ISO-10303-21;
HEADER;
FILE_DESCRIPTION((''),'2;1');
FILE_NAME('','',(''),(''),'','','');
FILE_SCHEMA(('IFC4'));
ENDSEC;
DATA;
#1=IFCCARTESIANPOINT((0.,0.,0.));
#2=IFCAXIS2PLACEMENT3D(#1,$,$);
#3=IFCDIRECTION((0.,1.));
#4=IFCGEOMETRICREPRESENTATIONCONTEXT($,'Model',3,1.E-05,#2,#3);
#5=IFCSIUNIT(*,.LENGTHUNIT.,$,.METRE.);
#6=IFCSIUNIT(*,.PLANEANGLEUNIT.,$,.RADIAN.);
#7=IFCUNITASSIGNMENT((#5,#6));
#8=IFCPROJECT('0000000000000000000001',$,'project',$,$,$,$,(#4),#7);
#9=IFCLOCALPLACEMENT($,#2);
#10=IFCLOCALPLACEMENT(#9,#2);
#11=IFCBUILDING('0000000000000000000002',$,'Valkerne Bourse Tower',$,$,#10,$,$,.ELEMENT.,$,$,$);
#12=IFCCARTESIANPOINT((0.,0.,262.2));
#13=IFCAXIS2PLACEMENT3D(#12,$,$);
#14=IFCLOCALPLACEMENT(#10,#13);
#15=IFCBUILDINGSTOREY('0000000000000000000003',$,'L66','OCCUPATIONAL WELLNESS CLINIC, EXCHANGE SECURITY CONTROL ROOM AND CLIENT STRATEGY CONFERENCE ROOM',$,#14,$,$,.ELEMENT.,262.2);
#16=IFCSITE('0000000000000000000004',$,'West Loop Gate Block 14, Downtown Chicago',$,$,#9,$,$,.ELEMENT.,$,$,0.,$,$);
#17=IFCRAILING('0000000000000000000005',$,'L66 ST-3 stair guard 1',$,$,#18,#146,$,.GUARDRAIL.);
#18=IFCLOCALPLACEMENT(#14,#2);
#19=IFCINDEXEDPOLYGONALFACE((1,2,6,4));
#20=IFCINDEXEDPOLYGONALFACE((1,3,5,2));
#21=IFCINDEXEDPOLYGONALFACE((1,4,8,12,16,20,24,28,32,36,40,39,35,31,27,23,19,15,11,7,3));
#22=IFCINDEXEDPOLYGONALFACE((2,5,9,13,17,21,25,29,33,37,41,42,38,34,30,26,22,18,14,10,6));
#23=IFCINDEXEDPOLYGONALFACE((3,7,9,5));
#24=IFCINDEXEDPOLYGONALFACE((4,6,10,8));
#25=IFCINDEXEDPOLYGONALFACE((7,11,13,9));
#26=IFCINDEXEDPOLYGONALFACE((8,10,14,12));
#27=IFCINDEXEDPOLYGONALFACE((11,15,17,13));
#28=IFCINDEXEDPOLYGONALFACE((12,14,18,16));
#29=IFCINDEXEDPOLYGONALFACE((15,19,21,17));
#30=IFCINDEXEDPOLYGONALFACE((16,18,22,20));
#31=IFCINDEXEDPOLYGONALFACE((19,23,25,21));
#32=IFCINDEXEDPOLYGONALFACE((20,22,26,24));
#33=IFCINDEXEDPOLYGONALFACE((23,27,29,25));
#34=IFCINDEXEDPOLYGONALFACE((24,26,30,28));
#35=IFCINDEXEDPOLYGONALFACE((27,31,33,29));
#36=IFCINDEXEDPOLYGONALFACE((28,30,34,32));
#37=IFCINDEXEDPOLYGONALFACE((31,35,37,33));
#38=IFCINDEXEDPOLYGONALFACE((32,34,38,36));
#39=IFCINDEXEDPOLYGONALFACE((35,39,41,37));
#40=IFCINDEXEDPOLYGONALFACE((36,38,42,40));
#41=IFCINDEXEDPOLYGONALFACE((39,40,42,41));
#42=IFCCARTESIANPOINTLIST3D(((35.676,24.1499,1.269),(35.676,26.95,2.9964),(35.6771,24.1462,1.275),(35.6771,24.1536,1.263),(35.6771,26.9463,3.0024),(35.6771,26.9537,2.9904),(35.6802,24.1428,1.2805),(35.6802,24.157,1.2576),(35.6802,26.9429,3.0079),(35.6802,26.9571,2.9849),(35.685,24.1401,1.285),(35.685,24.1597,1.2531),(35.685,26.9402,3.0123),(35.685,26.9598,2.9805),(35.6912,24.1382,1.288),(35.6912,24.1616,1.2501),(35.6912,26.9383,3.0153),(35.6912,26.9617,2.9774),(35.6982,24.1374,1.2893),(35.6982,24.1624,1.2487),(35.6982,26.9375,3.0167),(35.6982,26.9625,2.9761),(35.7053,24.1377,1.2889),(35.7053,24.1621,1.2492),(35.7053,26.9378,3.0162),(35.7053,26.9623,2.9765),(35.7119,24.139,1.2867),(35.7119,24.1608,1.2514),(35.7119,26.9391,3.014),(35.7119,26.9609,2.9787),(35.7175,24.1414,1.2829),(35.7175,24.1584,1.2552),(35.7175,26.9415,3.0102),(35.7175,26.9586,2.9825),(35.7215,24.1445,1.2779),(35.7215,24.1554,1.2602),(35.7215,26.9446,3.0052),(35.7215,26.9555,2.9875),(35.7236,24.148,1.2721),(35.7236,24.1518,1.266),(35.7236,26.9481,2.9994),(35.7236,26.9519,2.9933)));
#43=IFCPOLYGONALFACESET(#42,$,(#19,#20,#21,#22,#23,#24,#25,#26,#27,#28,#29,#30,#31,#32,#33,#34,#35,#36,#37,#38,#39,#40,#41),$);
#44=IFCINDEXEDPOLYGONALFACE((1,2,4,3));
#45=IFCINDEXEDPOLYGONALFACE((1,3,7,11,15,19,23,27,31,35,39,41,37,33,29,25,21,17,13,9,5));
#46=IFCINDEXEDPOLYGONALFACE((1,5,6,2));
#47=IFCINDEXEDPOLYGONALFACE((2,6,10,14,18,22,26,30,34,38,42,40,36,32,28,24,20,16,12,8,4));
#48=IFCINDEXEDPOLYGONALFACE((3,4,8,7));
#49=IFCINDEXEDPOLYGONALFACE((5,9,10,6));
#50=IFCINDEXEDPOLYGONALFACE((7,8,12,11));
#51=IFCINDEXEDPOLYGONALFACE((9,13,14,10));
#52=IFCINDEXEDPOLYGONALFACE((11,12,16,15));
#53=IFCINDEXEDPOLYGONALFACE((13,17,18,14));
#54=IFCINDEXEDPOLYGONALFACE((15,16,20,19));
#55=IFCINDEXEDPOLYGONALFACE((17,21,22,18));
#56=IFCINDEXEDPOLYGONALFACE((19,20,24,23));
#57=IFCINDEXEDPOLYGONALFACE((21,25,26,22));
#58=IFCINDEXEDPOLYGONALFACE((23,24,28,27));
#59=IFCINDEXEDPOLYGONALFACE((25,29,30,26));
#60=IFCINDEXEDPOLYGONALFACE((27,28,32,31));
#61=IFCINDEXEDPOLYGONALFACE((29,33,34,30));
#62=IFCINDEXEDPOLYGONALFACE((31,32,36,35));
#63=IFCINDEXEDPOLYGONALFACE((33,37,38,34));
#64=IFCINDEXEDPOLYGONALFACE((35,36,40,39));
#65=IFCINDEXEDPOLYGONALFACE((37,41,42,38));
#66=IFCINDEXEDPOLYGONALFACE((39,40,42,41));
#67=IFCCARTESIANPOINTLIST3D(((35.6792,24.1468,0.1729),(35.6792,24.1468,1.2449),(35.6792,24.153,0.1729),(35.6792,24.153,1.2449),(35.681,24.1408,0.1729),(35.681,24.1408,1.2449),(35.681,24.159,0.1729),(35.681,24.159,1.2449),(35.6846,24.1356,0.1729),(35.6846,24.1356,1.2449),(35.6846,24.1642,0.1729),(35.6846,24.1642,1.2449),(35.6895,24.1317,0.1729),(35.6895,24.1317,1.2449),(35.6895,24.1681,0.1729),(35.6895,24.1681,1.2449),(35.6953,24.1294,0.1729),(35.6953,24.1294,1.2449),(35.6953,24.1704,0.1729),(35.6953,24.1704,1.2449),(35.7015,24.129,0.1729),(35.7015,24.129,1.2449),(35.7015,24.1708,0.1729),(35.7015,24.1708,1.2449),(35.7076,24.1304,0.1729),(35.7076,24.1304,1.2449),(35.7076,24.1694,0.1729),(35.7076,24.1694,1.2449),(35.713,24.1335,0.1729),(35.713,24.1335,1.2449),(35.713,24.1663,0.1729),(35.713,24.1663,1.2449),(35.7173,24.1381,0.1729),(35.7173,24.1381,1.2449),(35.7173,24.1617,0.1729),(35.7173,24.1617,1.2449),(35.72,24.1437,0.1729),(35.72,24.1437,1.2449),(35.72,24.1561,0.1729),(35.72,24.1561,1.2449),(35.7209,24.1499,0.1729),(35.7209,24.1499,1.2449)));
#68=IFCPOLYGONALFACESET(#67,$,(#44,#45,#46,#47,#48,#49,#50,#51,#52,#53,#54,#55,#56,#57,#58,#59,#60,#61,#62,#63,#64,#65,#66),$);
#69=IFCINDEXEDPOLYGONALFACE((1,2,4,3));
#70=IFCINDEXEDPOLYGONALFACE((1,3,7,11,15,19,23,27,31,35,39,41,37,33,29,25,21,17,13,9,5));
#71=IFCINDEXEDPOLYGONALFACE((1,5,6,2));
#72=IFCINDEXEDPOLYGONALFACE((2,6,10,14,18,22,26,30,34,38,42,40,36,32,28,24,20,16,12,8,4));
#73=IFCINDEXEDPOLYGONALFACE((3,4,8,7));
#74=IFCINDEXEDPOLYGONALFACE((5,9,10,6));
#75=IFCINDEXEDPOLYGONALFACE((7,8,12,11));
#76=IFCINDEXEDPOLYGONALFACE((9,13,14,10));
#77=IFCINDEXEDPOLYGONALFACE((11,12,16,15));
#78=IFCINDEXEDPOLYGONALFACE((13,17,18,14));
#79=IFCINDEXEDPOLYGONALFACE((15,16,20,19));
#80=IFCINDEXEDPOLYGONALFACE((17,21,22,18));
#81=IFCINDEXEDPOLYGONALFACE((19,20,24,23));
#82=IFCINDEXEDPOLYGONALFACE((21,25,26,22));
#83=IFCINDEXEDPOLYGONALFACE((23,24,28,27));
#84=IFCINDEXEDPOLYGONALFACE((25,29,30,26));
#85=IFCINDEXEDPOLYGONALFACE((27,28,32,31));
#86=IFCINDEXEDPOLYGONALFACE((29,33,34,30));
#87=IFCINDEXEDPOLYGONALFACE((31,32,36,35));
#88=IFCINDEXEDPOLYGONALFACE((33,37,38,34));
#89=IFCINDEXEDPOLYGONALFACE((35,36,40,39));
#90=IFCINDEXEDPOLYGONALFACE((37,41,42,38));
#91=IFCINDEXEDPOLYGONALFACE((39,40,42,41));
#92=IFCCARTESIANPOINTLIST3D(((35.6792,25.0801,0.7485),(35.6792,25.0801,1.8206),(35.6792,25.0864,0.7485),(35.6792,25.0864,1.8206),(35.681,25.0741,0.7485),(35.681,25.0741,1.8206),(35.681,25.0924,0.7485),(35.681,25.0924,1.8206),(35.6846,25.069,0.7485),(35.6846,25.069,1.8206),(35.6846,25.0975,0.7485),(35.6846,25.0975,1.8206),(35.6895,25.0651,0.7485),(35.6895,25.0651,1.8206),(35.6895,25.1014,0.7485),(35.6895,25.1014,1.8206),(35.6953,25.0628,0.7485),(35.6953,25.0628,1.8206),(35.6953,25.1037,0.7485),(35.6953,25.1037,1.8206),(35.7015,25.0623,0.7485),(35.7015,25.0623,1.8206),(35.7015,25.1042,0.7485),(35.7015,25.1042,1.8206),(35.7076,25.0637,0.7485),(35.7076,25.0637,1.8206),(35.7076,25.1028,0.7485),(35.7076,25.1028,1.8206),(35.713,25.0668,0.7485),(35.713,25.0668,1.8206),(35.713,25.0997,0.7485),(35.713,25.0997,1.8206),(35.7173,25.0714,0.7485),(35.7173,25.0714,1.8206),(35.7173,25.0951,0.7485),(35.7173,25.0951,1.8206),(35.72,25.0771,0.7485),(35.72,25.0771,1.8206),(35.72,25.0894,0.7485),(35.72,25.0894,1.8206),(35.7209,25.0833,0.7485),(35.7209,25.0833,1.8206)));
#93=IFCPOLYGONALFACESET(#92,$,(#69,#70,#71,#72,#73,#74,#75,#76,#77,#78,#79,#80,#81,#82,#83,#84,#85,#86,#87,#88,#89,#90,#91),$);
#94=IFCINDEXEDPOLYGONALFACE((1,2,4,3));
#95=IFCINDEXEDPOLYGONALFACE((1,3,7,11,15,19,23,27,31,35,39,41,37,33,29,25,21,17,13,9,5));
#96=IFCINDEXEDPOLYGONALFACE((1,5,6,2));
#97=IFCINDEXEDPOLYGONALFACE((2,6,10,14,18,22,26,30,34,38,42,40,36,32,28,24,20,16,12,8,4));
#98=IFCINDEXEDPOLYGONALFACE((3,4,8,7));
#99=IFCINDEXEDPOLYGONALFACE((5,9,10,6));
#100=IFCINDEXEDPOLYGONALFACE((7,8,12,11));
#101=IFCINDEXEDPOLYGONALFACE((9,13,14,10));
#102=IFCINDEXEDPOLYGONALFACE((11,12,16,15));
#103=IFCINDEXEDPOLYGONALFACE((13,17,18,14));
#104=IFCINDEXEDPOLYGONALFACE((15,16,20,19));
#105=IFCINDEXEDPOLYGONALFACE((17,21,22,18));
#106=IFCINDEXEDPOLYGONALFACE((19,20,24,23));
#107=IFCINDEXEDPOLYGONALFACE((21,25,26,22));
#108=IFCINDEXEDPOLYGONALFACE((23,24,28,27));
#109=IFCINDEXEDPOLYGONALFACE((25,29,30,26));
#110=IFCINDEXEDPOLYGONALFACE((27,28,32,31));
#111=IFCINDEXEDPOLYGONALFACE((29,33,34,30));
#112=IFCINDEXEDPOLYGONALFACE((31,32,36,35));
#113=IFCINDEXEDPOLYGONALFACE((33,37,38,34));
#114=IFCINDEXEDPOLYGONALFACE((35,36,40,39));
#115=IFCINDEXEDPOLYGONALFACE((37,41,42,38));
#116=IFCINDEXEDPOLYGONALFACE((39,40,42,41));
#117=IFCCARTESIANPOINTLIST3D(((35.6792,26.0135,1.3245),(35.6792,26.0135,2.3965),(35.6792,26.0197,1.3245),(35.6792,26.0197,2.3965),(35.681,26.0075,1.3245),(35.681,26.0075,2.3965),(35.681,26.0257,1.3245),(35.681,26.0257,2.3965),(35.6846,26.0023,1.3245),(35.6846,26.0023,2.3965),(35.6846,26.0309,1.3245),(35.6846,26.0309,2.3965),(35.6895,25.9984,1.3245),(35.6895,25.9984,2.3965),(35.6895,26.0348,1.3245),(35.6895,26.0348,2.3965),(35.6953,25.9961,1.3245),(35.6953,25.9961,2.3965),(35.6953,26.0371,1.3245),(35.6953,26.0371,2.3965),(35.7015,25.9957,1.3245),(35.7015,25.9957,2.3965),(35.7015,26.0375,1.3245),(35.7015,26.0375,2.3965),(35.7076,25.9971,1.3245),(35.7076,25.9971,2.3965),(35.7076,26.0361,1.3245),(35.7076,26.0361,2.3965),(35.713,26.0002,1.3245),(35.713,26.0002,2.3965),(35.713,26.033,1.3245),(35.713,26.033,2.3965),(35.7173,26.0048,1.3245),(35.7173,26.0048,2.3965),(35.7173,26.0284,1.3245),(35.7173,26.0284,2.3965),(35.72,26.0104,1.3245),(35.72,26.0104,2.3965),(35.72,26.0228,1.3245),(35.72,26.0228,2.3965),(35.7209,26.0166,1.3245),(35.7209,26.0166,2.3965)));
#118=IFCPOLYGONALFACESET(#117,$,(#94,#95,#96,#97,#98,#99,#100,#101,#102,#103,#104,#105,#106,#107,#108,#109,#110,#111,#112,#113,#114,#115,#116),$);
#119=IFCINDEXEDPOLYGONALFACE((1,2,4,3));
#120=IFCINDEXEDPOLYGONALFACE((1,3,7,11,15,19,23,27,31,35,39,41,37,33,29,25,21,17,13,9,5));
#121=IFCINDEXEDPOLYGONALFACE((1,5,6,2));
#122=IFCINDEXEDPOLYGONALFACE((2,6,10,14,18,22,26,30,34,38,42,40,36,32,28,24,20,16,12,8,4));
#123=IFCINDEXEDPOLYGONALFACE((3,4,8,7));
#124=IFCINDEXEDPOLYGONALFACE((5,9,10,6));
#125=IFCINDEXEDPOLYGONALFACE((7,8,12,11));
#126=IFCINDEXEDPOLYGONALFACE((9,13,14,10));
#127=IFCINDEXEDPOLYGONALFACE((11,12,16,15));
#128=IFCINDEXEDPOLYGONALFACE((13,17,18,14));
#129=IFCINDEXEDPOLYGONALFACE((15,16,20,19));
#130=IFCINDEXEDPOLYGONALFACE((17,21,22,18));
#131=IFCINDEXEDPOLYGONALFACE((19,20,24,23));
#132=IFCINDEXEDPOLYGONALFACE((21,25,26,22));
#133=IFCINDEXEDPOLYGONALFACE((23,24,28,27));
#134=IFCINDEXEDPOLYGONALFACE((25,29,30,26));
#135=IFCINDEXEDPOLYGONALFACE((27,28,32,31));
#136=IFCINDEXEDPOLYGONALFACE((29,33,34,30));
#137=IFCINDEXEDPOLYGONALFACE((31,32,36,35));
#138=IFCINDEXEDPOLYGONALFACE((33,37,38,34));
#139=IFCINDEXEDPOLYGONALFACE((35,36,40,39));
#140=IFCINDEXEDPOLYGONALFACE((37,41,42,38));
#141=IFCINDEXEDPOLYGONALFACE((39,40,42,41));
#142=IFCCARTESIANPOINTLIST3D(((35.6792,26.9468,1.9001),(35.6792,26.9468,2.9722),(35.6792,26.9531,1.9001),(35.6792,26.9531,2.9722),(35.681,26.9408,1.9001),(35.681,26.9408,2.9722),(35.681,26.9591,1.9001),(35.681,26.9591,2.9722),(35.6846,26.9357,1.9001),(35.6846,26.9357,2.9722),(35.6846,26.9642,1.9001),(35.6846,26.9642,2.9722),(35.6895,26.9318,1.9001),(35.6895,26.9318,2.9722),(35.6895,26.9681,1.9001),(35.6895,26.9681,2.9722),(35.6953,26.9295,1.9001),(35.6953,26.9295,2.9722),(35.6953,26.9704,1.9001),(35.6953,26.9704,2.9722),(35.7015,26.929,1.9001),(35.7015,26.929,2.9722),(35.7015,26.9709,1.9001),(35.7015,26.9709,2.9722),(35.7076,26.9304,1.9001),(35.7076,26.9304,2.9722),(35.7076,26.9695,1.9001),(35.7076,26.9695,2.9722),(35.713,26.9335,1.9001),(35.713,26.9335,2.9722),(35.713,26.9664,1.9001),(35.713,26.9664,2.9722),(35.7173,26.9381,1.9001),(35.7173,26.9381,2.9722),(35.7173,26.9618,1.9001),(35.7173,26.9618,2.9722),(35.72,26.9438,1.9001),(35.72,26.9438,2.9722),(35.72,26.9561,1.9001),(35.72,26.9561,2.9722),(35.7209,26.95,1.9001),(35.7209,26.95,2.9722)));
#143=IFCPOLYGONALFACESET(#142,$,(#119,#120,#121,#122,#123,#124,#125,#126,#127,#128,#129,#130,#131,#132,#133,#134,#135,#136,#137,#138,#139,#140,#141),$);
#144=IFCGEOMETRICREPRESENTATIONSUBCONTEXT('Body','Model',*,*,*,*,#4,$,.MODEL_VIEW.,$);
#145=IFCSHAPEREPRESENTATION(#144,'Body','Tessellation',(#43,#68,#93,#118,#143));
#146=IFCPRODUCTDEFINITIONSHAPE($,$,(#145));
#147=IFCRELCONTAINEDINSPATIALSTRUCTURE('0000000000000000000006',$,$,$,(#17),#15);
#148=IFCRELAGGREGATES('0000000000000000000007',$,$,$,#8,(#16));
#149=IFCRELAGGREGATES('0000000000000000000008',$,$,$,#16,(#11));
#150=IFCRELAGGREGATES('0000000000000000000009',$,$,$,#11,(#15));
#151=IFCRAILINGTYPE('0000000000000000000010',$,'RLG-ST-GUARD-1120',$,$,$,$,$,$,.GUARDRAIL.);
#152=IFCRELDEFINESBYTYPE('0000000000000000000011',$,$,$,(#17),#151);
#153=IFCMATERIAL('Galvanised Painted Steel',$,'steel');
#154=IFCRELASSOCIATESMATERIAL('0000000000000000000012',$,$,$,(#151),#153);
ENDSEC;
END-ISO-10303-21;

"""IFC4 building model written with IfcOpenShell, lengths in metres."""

from ifc_helpers import new_model, si_unit, direction, frame, origin, origin_2d, place, context, subcontext, project, spatial, circle, extrude, material, type_object, element, save


model = new_model("IFC4")

# Units and contexts
model_context = context("Model", 3, precision=1e-05, world=origin(), true_north=direction((0.0, 1.0)))
body_context = subcontext(model_context, "Body", "Model", "MODEL_VIEW")
ifc_project = project(units=[si_unit("LENGTHUNIT", "METRE"), si_unit("PLANEANGLEUNIT", "RADIAN")], contexts=[model_context])

# Site, building, storey
site_placement = place(None, origin())
site = spatial("IfcSite", under=ifc_project, at=site_placement, Name="West Loop Gate Block 14, Downtown Chicago", CompositionType="ELEMENT", RefElevation=0.0)
building_placement = place(site_placement, origin())
building = spatial("IfcBuilding", under=site, at=building_placement, Name="Valkerne Bourse Tower", CompositionType="ELEMENT")
storey_placement = place(building_placement, frame((0.0, 0.0, 262.2)))
storey = spatial("IfcBuildingStorey", under=building, at=storey_placement, Name="L66", Description="OCCUPATIONAL WELLNESS CLINIC, EXCHANGE SECURITY CONTROL ROOM AND CLIENT STRATEGY CONFERENCE ROOM", CompositionType="ELEMENT", Elevation=262.2)

# Railing
ifc_material_1 = material(Name="Galvanised Painted Steel", Category="steel")
railing_type_1 = type_object("IfcRailingType", Name="RLG-ST-GUARD-1120", PredefinedType="GUARDRAIL", material=ifc_material_1)
railing_1_placement = place(storey_placement, frame((35.7, 24.1499, 0.1729)))
element("IfcRailing", 1, at=railing_1_placement, inside=storey, type_object=railing_type_1, Name="L66 ST-3 stair guard 1", PredefinedType="GUARDRAIL", context=body_context, shape_type="SweptSolid", body=[
    extrude(circle(Radius=0.0239, at=origin_2d()), frame((0.0, 0.0, 1.0962), z_axis=(0.0, 0.85109, 0.52502), x_axis=(-1.0, 0.0, 0.0)), (0.0, 0.0, 1.0), 3.29),
    extrude(circle(Radius=0.021, at=origin_2d()), origin(), (0.0, 0.0, 1.0), 1.072),
    extrude(circle(Radius=0.021, at=origin_2d()), frame((0.0, 0.9333, 0.5757)), (0.0, 0.0, 1.0), 1.072),
    extrude(circle(Radius=0.021, at=origin_2d()), frame((0.0, 1.8667, 1.1516)), (0.0, 0.0, 1.0), 1.072),
    extrude(circle(Radius=0.021, at=origin_2d()), frame((0.0, 2.8, 1.7273)), (0.0, 0.0, 1.0), 1.072),
])

save(model, "model.ifc")
